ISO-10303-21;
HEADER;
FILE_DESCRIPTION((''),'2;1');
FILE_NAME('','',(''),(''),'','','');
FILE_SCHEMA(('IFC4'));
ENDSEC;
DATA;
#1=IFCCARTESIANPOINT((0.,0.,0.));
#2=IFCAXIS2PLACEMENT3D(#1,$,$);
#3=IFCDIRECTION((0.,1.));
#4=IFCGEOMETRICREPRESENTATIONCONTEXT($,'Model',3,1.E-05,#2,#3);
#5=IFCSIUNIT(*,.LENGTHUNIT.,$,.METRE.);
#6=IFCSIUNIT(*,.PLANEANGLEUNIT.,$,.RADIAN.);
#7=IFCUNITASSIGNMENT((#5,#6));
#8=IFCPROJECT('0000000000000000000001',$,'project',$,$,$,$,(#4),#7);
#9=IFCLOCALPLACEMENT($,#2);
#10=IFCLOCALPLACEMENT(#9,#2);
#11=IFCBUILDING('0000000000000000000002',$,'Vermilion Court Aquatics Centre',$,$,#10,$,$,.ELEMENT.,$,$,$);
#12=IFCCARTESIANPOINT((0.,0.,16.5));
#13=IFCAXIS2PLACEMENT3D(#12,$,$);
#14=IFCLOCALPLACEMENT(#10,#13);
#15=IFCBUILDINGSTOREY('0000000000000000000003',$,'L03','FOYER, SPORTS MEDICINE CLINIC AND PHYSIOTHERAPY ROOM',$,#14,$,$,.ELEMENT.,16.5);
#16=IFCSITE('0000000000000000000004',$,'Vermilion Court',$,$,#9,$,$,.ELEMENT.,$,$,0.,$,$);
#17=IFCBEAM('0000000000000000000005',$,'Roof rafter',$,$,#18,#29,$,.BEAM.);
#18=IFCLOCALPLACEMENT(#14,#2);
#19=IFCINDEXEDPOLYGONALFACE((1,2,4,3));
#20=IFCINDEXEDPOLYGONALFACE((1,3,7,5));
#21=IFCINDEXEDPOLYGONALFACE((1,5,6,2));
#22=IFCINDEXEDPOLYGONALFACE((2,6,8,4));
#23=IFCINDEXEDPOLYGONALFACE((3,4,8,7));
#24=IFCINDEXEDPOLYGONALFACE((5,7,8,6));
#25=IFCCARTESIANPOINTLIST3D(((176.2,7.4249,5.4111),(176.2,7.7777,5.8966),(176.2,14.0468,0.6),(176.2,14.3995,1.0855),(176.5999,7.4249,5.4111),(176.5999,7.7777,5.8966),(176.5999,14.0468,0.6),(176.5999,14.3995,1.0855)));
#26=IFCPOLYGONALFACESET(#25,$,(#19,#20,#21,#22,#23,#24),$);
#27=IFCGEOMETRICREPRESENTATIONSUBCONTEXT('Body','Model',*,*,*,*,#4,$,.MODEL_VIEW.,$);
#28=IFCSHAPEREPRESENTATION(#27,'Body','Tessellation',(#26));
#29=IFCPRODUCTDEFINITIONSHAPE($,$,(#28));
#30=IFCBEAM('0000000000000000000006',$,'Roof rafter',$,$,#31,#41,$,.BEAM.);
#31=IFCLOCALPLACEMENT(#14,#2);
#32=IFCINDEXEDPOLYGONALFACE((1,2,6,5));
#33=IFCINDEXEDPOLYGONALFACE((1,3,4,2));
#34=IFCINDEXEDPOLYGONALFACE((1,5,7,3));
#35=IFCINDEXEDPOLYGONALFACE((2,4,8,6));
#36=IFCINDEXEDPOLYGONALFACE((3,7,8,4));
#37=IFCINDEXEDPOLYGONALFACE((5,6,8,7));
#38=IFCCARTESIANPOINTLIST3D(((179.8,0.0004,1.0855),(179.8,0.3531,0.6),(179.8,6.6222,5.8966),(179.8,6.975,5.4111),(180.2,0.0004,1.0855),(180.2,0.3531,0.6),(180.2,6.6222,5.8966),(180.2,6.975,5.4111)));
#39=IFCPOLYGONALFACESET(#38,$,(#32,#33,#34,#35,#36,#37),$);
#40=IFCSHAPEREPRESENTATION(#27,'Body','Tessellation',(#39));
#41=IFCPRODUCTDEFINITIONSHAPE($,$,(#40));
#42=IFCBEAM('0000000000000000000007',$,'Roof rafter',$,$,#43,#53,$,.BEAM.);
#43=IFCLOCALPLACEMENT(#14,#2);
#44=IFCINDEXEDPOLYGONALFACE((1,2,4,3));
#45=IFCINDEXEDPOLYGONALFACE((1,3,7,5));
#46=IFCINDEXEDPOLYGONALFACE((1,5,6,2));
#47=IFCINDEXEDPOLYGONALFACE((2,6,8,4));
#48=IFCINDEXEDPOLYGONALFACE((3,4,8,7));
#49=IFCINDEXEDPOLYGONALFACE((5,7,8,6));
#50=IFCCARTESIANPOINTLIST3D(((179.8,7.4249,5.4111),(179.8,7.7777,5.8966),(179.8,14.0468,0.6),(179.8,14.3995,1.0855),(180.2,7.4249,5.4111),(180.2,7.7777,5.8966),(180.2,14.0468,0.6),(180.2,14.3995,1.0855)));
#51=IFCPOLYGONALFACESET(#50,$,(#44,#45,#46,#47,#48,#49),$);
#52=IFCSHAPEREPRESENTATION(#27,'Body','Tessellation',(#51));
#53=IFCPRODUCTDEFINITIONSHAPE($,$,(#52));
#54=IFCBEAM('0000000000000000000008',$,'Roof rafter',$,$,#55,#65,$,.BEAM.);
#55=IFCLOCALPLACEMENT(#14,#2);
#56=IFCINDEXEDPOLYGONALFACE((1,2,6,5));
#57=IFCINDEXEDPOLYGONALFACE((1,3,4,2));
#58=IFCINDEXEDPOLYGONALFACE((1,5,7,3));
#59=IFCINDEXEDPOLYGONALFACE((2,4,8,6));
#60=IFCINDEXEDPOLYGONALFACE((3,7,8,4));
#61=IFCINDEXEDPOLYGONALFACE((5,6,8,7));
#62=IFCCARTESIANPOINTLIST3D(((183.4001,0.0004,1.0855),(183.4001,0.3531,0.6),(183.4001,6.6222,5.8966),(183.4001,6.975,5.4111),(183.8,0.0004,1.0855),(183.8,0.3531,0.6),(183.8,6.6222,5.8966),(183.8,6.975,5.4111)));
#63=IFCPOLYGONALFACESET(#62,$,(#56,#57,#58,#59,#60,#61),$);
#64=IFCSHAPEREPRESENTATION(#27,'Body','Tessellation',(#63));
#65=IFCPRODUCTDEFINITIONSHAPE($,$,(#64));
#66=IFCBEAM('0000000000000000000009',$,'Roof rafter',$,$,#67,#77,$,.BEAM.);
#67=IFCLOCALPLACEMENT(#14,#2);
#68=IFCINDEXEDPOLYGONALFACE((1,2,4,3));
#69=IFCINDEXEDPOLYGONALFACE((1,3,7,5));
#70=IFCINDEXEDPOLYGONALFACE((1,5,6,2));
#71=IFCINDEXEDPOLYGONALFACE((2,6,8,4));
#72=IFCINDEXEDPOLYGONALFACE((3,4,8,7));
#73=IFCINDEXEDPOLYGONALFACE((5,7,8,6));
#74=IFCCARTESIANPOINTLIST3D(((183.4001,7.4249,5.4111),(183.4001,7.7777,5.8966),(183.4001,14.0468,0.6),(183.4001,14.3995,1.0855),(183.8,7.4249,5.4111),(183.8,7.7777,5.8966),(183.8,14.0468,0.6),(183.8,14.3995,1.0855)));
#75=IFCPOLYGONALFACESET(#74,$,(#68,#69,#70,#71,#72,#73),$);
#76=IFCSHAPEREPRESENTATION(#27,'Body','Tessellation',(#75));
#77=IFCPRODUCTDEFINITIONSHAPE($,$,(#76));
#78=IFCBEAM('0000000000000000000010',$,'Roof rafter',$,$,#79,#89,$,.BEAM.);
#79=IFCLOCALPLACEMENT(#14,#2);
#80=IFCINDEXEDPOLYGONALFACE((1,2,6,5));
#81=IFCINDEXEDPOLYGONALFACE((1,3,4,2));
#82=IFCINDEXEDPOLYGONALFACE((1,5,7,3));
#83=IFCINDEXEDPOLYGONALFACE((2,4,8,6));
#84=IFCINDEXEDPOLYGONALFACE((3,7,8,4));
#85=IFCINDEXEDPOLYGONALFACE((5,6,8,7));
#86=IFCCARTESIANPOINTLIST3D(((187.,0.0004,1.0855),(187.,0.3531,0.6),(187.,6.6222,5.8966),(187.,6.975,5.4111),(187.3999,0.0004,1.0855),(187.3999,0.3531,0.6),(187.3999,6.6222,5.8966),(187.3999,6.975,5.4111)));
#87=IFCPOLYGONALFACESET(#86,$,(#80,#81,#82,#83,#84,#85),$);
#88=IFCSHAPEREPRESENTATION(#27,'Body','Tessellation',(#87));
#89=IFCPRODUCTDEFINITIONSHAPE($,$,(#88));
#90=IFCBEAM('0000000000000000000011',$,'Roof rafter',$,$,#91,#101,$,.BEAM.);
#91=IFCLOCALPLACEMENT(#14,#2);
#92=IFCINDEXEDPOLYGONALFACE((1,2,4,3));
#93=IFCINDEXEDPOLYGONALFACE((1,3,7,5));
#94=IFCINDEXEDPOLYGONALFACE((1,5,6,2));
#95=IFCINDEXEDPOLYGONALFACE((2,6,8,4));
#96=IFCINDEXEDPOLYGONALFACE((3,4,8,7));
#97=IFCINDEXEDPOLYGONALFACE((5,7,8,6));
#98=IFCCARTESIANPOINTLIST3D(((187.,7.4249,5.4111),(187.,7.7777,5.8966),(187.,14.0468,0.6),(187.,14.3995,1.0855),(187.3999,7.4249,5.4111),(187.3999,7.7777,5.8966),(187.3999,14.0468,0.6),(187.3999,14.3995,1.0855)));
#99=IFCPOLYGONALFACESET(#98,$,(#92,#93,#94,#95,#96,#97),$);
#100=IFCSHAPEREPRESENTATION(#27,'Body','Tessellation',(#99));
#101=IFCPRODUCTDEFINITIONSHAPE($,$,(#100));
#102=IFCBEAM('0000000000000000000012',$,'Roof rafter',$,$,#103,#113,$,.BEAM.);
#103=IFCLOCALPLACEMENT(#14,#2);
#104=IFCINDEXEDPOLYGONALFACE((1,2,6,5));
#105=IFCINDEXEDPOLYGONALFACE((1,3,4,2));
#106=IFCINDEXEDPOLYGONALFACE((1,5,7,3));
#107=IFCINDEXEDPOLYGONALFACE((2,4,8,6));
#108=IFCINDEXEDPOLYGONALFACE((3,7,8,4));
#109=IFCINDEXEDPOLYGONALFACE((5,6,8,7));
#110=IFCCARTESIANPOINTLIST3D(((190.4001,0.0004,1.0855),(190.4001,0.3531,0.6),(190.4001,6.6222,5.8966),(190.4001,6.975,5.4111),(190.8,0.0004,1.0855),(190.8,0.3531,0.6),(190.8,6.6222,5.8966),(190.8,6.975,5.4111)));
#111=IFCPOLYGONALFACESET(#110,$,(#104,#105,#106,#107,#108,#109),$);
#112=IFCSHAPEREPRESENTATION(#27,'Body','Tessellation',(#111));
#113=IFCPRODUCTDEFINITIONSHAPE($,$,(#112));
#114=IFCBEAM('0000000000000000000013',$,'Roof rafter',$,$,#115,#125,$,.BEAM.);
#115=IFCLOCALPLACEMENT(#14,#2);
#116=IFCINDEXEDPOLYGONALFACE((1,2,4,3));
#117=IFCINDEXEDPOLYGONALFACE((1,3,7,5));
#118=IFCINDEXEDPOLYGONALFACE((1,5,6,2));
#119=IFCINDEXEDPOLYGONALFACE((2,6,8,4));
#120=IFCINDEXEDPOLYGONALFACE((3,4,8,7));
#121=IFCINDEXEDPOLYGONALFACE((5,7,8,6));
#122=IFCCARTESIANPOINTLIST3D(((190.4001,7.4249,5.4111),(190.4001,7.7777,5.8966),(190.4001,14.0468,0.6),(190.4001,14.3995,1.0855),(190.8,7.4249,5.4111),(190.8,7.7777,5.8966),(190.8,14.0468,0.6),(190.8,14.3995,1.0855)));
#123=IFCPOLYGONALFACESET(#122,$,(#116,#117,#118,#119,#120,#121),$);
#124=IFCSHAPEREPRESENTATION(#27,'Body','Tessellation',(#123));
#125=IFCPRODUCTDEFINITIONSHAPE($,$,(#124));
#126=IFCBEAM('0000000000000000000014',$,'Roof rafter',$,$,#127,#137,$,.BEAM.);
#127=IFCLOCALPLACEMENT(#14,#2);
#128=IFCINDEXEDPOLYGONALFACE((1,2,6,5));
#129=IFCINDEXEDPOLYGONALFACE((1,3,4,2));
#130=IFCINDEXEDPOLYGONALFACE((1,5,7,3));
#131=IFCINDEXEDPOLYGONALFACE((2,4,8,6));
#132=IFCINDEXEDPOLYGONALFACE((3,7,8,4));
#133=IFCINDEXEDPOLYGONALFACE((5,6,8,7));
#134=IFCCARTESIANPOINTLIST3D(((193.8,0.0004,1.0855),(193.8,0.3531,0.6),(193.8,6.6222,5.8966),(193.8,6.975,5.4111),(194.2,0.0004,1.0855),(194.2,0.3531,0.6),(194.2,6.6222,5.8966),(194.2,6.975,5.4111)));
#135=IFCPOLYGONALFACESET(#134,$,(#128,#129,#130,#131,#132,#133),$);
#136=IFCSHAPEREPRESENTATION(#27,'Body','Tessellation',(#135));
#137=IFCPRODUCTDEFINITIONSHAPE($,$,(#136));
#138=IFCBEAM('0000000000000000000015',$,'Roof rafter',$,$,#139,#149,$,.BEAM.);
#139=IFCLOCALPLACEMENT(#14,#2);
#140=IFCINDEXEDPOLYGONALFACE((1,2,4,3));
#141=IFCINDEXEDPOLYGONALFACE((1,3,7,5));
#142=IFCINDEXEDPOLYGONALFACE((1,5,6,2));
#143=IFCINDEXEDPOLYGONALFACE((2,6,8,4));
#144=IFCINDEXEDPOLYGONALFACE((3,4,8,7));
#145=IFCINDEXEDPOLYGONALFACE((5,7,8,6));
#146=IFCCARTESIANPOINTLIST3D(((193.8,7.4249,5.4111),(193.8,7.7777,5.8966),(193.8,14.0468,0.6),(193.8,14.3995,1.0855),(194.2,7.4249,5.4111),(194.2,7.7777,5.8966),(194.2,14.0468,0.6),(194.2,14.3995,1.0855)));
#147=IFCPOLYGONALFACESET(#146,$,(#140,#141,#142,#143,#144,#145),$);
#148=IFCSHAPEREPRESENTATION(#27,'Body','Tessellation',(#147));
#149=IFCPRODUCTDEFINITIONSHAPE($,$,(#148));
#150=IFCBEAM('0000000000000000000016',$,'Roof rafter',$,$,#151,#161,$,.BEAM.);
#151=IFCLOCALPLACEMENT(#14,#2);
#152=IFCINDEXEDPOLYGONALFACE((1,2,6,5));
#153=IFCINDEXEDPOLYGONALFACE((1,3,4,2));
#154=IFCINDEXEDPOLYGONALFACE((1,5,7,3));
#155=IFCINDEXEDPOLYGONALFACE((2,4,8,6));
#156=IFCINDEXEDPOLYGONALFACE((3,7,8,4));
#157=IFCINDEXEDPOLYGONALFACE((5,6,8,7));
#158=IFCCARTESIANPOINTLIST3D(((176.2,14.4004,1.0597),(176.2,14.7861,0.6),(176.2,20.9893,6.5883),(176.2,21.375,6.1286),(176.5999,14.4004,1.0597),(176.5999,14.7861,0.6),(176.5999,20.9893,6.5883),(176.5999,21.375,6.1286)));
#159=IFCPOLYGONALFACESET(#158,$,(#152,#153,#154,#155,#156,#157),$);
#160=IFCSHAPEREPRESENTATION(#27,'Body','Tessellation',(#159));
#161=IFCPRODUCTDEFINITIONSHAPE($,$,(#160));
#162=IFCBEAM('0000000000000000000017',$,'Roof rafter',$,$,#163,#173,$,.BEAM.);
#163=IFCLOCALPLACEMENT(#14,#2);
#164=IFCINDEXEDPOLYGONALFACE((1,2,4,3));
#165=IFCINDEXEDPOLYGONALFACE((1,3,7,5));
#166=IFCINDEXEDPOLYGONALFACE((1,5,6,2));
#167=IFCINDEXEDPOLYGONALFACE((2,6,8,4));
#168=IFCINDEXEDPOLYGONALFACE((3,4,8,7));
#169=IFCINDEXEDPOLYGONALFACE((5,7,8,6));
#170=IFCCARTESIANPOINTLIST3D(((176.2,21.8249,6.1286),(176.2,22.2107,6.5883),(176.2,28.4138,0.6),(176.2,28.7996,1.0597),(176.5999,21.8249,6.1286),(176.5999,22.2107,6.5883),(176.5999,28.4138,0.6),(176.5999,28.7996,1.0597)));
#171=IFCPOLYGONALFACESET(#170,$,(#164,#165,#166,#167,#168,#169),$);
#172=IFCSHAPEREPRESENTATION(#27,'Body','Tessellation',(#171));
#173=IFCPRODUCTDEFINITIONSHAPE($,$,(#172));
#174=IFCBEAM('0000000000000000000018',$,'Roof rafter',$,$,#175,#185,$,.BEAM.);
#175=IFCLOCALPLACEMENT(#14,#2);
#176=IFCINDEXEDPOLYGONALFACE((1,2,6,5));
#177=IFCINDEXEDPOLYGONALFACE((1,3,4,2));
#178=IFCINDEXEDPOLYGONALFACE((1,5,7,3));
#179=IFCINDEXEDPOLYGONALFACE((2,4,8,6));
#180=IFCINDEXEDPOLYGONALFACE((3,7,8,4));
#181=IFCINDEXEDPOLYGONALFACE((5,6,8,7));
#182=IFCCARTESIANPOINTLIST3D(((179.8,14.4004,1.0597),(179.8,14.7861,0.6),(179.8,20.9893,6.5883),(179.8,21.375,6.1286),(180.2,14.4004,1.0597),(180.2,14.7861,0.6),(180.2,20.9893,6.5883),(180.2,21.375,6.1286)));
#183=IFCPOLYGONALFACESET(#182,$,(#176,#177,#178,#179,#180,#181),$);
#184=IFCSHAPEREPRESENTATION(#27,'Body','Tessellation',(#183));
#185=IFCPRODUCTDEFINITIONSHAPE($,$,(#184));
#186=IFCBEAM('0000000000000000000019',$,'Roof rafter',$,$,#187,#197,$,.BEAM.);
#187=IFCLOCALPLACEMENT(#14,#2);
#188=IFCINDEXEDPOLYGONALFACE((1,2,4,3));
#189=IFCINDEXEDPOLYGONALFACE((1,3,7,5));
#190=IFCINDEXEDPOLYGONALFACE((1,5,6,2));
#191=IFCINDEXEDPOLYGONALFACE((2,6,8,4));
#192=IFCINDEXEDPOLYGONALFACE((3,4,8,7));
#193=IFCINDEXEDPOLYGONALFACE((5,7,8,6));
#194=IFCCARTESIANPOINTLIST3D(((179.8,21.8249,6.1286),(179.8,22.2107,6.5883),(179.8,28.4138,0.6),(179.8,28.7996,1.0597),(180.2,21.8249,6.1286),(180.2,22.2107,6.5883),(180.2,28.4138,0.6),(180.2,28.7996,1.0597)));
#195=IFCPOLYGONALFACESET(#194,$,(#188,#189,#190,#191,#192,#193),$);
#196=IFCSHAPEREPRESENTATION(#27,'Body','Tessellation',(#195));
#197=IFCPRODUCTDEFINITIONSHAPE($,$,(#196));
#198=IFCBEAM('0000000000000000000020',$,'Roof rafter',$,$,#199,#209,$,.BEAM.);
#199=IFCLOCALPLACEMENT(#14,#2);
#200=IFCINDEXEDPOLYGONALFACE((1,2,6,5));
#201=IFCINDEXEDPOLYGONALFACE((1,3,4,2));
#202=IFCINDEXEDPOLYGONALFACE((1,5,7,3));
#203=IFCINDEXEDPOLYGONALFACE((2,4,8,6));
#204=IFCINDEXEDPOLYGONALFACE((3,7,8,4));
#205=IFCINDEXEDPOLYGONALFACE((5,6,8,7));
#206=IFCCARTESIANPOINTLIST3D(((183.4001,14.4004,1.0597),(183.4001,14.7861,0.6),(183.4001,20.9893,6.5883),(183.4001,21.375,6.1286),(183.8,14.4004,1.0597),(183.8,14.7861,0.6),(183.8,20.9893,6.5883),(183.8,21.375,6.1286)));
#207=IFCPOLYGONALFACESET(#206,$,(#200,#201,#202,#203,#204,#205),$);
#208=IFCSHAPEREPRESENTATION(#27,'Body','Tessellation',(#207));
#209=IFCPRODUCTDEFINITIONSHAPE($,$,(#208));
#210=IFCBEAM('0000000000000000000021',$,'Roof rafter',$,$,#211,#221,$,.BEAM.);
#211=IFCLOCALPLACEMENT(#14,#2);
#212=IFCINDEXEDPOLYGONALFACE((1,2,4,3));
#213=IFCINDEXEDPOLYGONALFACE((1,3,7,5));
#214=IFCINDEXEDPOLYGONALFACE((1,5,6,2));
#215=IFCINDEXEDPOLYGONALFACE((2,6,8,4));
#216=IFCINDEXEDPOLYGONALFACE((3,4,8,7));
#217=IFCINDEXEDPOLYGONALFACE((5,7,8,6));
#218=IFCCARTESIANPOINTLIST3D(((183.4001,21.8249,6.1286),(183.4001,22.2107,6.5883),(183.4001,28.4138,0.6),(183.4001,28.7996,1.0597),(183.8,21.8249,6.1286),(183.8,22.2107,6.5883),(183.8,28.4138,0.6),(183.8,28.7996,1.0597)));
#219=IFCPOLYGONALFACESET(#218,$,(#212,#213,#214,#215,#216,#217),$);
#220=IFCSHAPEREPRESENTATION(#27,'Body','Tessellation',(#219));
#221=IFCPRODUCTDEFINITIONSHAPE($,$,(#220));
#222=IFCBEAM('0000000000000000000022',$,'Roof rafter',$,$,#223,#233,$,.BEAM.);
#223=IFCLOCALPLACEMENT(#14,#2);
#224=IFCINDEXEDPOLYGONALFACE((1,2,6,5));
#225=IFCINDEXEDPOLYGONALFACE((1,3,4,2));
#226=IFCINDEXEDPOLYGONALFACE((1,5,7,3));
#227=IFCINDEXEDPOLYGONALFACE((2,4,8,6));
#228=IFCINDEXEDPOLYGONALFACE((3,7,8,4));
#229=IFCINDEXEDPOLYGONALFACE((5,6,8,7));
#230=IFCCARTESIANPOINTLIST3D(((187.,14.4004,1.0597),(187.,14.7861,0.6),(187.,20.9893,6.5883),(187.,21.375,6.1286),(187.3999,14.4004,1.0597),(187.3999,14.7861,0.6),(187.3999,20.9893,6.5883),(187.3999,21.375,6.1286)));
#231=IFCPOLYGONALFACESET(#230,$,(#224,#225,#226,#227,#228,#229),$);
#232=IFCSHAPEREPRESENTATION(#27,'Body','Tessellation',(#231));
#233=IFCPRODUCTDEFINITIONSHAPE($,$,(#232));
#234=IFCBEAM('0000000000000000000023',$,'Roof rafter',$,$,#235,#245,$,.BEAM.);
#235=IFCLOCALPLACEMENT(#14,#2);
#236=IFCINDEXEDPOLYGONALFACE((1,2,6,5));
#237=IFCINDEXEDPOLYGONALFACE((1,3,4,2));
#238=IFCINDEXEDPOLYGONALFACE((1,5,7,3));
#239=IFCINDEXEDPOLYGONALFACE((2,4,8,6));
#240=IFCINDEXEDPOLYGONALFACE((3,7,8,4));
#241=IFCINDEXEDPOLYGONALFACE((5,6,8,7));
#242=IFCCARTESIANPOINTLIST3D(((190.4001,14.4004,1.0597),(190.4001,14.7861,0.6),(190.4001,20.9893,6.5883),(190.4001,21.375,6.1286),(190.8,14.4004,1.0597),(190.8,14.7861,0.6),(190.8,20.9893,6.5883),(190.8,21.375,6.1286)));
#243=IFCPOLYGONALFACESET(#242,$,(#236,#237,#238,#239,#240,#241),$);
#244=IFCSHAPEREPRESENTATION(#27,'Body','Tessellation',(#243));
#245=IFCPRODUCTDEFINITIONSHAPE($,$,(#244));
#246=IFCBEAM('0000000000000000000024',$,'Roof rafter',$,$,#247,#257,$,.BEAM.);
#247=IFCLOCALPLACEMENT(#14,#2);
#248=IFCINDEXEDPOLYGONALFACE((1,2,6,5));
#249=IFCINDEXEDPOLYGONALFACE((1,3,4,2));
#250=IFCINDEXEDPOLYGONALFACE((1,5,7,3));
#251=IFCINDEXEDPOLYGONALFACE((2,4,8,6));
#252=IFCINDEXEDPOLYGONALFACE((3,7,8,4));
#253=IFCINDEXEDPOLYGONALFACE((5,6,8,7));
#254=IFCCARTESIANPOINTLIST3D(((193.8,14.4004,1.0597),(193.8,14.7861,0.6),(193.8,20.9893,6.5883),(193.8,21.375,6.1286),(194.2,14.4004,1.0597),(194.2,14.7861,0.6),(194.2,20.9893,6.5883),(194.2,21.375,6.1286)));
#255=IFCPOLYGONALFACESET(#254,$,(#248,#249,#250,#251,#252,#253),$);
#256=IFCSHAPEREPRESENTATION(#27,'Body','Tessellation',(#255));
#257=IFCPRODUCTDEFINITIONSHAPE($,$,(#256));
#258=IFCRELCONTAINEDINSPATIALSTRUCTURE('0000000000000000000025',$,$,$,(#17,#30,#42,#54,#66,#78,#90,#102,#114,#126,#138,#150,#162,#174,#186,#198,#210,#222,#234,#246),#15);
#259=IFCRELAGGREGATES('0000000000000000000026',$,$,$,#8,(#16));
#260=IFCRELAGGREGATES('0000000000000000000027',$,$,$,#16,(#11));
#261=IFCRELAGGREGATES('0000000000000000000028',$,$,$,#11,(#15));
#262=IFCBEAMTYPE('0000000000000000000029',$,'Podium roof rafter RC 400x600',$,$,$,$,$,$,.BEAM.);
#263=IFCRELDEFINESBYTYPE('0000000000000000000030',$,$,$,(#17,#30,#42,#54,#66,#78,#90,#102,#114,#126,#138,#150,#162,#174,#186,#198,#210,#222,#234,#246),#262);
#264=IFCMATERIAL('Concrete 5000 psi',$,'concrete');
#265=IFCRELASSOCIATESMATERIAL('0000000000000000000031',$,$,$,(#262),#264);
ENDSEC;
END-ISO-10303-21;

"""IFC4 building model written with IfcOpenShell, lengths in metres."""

from ifc_helpers import new_model, si_unit, direction, frame, origin, origin_2d, place, context, subcontext, project, spatial, rectangle, extrude, material, material_profile, profile_set, type_object, element, save


model = new_model("IFC4")

# Units and contexts
model_context = context("Model", 3, precision=1e-05, world=origin(), true_north=direction((0.0, 1.0)))
body_context = subcontext(model_context, "Body", "Model", "MODEL_VIEW")
ifc_project = project(units=[si_unit("LENGTHUNIT", "METRE"), si_unit("PLANEANGLEUNIT", "RADIAN")], contexts=[model_context])

# Site, building, storey
site_placement = place(None, origin())
site = spatial("IfcSite", under=ifc_project, at=site_placement, Name="Vermilion Court", CompositionType="ELEMENT", RefElevation=0.0)
building_placement = place(site_placement, origin())
building = spatial("IfcBuilding", under=site, at=building_placement, Name="Vermilion Court Aquatics Centre", CompositionType="ELEMENT")
storey_placement = place(building_placement, frame((0.0, 0.0, 16.5)))
storey = spatial("IfcBuildingStorey", under=building, at=storey_placement, Name="L03", Description="FOYER, SPORTS MEDICINE CLINIC AND PHYSIOTHERAPY ROOM", CompositionType="ELEMENT", Elevation=16.5)

# Beams
ifc_material_1 = material(Name="Concrete 5000 psi", Category="concrete")
ifc_material_profile_1 = material_profile(ifc_material_1, rectangle(XDim=0.3999, YDim=0.6001, at=origin_2d()), Name="RC 400x600")
ifc_profile_set_1 = profile_set([ifc_material_profile_1], Name="Concrete 5000 psi")
beam_type_1 = type_object("IfcBeamType", Name="Podium roof rafter RC 400x600", PredefinedType="BEAM", material=ifc_profile_set_1)
for number, where, z_axis, x_axis, name in (
    (1, (176.3999, 14.2231, 0.8428), (0.0, -0.809017, 0.587785), (1.0, 0.0, 0.0), "Roof rafter"),
    (2, (180.0, 0.1768, 0.8428), (0.0, 0.809017, 0.587785), (-1.0, 0.0, 0.0), "Roof rafter"),
    (3, (180.0, 14.2231, 0.8428), (0.0, -0.809017, 0.587785), (1.0, 0.0, 0.0), "Roof rafter"),
    (4, (183.6001, 0.1768, 0.8428), (0.0, 0.809017, 0.587785), (-1.0, 0.0, 0.0), "Roof rafter"),
    (5, (183.6001, 14.2231, 0.8428), (0.0, -0.809017, 0.587785), (1.0, 0.0, 0.0), "Roof rafter"),
    (6, (187.2, 0.1768, 0.8428), (0.0, 0.809017, 0.587785), (-1.0, 0.0, 0.0), "Roof rafter"),
    (7, (187.2, 14.2231, 0.8428), (0.0, -0.809017, 0.587785), (1.0, 0.0, 0.0), "Roof rafter"),
    (8, (190.6001, 0.1768, 0.8428), (0.0, 0.809017, 0.587785), (-1.0, 0.0, 0.0), "Roof rafter"),
    (9, (190.6001, 14.2231, 0.8428), (0.0, -0.809017, 0.587785), (1.0, 0.0, 0.0), "Roof rafter"),
    (10, (194.0, 0.1768, 0.8428), (0.0, 0.809017, 0.587785), (-1.0, 0.0, 0.0), "Roof rafter"),
    (11, (194.0, 14.2231, 0.8428), (0.0, -0.809017, 0.587785), (1.0, 0.0, 0.0), "Roof rafter"),
):
    element("IfcBeam", number, at=place(storey_placement, frame(where, z_axis=z_axis, x_axis=x_axis)), inside=storey, type_object=beam_type_1, Name=name, PredefinedType="BEAM", context=body_context, shape_type="SweptSolid", body=[
        extrude(rectangle(XDim=0.3999, YDim=0.6001, at=origin_2d()), origin(), (0.0, 0.0, 1.0), 8.1851),
    ])
for number, where, z_axis, x_axis, name in (
    (12, (176.3999, 14.5933, 0.8298), (0.0, 0.766053, 0.642777), (-1.0, 0.0, 0.0), "Roof rafter"),
    (13, (176.3999, 28.6067, 0.8298), (0.0, -0.766053, 0.642777), (1.0, 0.0, 0.0), "Roof rafter"),
    (14, (180.0, 14.5933, 0.8298), (0.0, 0.766053, 0.642777), (-1.0, 0.0, 0.0), "Roof rafter"),
    (15, (180.0, 28.6067, 0.8298), (0.0, -0.766053, 0.642777), (1.0, 0.0, 0.0), "Roof rafter"),
    (16, (183.6001, 14.5933, 0.8298), (0.0, 0.766053, 0.642777), (-1.0, 0.0, 0.0), "Roof rafter"),
    (17, (183.6001, 28.6067, 0.8298), (0.0, -0.766053, 0.642777), (1.0, 0.0, 0.0), "Roof rafter"),
    (18, (187.2, 14.5933, 0.8298), (0.0, 0.766053, 0.642777), (-1.0, 0.0, 0.0), "Roof rafter"),
    (19, (190.6001, 14.5933, 0.8298), (0.0, 0.766053, 0.642777), (-1.0, 0.0, 0.0), "Roof rafter"),
    (20, (194.0, 14.5933, 0.8298), (0.0, 0.766053, 0.642777), (-1.0, 0.0, 0.0), "Roof rafter"),
):
    element("IfcBeam", number, at=place(storey_placement, frame(where, z_axis=z_axis, x_axis=x_axis)), inside=storey, type_object=beam_type_1, Name=name, PredefinedType="BEAM", context=body_context, shape_type="SweptSolid", body=[
        extrude(rectangle(XDim=0.3999, YDim=0.6001, at=origin_2d()), origin(), (0.0, 0.0, 1.0), 8.6011),
    ])

save(model, "model.ifc")
